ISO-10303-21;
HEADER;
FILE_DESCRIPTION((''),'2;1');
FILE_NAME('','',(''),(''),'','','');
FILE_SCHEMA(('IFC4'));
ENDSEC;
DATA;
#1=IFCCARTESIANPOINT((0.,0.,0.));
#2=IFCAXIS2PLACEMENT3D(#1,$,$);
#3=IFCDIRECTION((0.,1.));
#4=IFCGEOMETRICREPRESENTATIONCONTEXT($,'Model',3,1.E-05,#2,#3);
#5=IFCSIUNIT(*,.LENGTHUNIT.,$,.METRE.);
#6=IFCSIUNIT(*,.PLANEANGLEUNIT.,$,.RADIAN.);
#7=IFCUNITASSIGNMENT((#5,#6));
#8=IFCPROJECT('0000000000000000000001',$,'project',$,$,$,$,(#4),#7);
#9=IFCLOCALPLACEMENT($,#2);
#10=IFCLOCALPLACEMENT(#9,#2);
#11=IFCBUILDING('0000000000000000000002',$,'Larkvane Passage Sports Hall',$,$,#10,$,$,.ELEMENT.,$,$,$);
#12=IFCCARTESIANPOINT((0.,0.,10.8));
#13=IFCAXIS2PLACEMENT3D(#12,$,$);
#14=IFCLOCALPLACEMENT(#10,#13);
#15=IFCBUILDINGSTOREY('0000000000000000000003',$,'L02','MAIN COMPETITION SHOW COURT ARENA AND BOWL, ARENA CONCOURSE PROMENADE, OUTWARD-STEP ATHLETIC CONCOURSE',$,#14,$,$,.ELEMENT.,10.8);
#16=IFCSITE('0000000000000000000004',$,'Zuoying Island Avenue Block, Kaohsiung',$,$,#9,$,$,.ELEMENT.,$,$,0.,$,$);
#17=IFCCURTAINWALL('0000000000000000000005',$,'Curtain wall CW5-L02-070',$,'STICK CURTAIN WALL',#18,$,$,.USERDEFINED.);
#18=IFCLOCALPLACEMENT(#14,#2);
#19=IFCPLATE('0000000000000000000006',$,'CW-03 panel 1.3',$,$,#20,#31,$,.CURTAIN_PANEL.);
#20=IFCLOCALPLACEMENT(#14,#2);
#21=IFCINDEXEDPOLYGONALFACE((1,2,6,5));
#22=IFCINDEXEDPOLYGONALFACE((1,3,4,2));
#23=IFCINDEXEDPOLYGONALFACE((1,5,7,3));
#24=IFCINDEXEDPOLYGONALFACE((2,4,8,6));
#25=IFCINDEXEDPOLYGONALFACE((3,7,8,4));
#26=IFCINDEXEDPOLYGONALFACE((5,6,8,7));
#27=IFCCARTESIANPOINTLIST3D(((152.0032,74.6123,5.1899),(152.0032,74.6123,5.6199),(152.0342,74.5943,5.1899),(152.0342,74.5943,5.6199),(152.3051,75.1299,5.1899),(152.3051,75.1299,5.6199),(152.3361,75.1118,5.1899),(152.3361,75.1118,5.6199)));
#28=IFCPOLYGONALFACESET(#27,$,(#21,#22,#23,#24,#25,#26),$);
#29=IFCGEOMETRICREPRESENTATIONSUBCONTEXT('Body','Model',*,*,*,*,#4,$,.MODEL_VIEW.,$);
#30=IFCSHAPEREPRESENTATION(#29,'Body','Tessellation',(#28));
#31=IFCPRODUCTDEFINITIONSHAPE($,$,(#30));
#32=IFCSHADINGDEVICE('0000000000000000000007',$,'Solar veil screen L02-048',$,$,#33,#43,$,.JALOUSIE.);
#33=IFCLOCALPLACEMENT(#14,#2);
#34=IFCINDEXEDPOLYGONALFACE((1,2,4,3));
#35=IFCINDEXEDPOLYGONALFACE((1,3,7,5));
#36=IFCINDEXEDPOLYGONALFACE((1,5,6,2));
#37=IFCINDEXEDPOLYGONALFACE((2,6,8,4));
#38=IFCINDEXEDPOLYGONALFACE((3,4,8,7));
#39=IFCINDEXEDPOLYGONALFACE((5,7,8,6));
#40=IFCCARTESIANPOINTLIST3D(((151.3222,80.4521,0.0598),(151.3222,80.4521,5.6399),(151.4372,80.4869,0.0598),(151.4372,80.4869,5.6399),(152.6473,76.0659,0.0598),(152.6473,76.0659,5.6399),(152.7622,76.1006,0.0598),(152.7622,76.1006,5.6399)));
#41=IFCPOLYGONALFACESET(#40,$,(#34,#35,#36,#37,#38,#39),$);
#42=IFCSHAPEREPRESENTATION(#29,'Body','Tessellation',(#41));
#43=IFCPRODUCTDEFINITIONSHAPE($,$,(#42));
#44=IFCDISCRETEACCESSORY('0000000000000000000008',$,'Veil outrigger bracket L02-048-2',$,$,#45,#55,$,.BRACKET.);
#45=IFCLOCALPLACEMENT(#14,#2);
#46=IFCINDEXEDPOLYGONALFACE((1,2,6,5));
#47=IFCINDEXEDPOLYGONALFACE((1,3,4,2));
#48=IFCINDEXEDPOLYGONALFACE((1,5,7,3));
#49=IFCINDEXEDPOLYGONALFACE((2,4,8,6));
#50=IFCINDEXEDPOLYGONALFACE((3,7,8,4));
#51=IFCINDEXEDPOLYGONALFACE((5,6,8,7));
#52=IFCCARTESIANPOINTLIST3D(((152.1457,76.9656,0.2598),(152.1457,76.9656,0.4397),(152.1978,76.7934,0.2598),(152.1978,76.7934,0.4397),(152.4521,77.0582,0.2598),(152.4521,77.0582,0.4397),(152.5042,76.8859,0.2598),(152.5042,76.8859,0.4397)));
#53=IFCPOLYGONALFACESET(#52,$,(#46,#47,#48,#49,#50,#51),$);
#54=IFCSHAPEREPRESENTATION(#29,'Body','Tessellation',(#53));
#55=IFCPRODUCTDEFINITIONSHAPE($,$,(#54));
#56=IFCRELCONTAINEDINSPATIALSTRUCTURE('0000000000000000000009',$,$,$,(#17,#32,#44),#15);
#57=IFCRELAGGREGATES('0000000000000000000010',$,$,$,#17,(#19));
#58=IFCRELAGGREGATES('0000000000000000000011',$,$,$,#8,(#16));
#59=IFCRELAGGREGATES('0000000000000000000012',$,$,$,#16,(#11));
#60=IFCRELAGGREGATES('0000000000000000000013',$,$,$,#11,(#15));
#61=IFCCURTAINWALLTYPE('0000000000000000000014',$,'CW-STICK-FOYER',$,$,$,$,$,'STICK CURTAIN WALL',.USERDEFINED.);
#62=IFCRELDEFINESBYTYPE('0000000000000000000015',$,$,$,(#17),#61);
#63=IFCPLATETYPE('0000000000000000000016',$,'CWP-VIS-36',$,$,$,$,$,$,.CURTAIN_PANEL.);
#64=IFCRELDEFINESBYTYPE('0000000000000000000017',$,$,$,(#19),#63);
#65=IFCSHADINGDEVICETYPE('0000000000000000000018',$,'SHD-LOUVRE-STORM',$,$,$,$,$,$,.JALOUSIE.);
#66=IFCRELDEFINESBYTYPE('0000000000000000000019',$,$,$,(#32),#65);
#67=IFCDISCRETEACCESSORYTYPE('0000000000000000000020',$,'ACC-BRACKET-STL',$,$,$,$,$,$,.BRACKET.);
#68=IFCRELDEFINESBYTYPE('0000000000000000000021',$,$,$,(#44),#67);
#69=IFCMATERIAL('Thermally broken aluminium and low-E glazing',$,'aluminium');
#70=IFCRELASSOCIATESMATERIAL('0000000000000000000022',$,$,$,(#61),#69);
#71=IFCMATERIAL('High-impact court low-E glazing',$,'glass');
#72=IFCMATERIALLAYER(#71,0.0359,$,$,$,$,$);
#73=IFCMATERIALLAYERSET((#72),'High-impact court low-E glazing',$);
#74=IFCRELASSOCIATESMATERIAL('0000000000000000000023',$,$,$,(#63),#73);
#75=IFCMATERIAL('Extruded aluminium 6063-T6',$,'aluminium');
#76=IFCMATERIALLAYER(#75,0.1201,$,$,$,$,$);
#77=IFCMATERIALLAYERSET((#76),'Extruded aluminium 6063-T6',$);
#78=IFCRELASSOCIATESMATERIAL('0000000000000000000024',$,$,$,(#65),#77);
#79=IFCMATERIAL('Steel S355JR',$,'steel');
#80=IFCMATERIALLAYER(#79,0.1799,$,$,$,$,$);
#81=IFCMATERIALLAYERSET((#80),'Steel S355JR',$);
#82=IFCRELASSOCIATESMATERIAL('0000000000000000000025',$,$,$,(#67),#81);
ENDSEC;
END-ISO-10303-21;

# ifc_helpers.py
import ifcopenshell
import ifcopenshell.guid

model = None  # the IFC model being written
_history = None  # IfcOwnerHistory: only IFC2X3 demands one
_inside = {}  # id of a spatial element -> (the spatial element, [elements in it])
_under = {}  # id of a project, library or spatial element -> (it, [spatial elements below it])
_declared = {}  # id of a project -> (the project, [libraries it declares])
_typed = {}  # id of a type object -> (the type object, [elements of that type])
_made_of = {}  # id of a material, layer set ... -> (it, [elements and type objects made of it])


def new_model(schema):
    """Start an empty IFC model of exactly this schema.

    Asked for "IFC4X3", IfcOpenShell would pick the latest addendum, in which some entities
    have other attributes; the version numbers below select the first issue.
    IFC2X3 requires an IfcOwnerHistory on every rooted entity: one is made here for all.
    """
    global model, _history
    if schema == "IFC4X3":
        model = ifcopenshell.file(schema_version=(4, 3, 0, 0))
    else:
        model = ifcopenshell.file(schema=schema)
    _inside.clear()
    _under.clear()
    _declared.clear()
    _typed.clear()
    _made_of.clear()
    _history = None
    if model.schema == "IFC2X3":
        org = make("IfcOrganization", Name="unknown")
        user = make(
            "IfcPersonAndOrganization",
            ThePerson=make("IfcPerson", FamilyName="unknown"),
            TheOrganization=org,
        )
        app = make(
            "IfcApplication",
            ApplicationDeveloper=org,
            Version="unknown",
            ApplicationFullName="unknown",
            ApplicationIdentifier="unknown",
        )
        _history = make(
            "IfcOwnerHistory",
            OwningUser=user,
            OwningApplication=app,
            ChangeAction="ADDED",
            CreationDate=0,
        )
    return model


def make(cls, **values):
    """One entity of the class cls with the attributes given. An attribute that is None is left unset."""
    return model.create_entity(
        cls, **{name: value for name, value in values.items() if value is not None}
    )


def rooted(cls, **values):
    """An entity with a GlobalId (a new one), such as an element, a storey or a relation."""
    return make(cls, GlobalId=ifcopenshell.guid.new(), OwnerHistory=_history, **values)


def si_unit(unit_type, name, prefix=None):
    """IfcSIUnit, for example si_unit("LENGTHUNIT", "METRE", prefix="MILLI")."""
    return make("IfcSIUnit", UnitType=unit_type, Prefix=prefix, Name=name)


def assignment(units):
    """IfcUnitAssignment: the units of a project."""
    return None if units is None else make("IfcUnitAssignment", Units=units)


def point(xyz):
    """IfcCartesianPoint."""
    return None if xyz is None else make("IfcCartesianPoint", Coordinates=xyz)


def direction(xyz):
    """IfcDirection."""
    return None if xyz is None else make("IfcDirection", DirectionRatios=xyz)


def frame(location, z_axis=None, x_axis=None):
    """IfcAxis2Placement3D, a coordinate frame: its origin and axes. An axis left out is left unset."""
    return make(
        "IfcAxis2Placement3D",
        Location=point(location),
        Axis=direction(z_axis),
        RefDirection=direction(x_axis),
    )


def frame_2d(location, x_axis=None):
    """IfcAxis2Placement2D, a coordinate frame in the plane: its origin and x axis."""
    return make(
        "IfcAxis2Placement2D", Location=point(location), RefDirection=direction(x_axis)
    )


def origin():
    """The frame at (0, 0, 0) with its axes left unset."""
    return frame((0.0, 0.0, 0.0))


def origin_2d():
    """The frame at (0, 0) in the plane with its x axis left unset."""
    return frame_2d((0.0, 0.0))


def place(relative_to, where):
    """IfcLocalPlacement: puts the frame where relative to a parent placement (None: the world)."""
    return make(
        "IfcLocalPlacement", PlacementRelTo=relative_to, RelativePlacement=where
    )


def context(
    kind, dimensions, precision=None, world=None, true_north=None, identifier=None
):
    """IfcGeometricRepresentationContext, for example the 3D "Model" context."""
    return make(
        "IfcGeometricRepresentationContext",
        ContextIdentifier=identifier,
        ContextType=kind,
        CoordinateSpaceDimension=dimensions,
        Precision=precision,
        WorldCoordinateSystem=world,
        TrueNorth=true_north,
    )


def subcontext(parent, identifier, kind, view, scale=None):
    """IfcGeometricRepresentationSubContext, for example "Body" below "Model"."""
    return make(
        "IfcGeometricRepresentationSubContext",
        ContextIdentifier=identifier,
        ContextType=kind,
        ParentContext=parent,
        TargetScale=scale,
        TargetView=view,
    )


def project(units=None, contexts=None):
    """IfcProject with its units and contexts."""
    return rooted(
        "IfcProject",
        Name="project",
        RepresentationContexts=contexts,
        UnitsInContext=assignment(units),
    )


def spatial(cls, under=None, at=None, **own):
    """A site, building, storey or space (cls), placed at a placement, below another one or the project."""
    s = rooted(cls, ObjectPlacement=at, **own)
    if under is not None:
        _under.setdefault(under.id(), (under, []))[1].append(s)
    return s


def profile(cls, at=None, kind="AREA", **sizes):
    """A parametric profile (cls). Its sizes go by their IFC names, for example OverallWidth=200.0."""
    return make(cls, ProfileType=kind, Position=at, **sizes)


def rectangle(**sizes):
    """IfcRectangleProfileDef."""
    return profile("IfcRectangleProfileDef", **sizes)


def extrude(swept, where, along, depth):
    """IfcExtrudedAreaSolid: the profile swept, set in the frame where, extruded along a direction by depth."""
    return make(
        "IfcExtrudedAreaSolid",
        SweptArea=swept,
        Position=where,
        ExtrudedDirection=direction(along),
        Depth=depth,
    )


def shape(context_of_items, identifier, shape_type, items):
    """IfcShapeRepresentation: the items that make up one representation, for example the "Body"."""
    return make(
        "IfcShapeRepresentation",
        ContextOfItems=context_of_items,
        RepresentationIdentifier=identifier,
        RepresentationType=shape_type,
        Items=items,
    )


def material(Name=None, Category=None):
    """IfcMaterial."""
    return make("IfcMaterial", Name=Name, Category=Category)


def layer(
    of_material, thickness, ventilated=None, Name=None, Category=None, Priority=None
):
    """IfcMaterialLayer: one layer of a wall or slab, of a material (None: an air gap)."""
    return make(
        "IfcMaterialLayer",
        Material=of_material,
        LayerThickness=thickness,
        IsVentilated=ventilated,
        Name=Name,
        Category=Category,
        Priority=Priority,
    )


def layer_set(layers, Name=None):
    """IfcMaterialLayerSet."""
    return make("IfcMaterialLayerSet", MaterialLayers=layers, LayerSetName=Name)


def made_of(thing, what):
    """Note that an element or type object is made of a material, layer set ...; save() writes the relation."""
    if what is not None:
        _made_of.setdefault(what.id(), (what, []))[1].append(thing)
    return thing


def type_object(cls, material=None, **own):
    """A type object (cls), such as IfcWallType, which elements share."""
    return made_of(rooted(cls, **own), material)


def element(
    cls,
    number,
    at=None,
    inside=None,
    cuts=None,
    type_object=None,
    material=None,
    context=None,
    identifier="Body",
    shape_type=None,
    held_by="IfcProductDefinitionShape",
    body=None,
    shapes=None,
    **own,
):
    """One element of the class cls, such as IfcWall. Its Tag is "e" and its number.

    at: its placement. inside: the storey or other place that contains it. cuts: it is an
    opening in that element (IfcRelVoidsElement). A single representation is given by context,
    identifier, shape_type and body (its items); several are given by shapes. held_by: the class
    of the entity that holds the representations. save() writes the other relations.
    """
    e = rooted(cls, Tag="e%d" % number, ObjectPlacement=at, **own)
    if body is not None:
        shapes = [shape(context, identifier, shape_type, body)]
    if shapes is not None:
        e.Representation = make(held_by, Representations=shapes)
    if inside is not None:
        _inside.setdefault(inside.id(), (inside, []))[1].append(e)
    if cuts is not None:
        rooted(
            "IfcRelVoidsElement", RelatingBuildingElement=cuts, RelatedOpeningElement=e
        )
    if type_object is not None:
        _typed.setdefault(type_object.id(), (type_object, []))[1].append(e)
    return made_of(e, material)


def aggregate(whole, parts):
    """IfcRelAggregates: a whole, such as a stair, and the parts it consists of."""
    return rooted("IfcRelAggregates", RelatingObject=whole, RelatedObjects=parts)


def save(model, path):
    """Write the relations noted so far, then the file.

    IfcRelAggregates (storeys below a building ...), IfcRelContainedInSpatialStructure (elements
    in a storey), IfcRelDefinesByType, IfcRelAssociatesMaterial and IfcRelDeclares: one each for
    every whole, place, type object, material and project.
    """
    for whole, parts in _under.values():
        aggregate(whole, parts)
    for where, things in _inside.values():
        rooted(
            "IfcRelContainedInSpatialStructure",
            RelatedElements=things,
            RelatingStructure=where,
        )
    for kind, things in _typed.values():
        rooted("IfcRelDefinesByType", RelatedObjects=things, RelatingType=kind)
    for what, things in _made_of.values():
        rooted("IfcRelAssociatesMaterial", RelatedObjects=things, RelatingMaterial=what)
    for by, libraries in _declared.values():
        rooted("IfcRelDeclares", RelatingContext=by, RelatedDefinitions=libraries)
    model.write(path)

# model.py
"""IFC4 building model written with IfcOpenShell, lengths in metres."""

from ifc_helpers import new_model, si_unit, direction, frame, origin, origin_2d, place, context, subcontext, project, spatial, rectangle, extrude, material, layer, layer_set, type_object, element, aggregate, save


model = new_model("IFC4")

# Units and contexts
model_context = context("Model", 3, precision=1e-05, world=origin(), true_north=direction((0.0, 1.0)))
body_context = subcontext(model_context, "Body", "Model", "MODEL_VIEW")
ifc_project = project(units=[si_unit("LENGTHUNIT", "METRE"), si_unit("PLANEANGLEUNIT", "RADIAN")], contexts=[model_context])

# Site, building, storey
site_placement = place(None, origin())
site = spatial("IfcSite", under=ifc_project, at=site_placement, Name="Zuoying Island Avenue Block, Kaohsiung", CompositionType="ELEMENT", RefElevation=0.0)
building_placement = place(site_placement, origin())
building = spatial("IfcBuilding", under=site, at=building_placement, Name="Larkvane Passage Sports Hall", CompositionType="ELEMENT")
storey_placement = place(building_placement, frame((0.0, 0.0, 10.8)))
storey = spatial("IfcBuildingStorey", under=building, at=storey_placement, Name="L02", Description="MAIN COMPETITION SHOW COURT ARENA AND BOWL, ARENA CONCOURSE PROMENADE, OUTWARD-STEP ATHLETIC CONCOURSE", CompositionType="ELEMENT", Elevation=10.8)

# Curtain wall
ifc_material_1 = material(Name="Thermally broken aluminium and low-E glazing", Category="aluminium")
curtain_wall_type_1 = type_object("IfcCurtainWallType", Name="CW-STICK-FOYER", ElementType="STICK CURTAIN WALL", PredefinedType="USERDEFINED", material=ifc_material_1)
curtain_wall_1_placement = place(storey_placement, origin())
curtain_wall_1 = element("IfcCurtainWall", 1, at=curtain_wall_1_placement, inside=storey, type_object=curtain_wall_type_1, Name="Curtain wall CW5-L02-070", ObjectType="STICK CURTAIN WALL", PredefinedType="USERDEFINED")

# Plate
ifc_material_2 = material(Name="High-impact court low-E glazing", Category="glass")
ifc_layer_1 = layer(ifc_material_2, 0.0359)
ifc_layer_set_1 = layer_set([ifc_layer_1], Name="High-impact court low-E glazing")
plate_type_1 = type_object("IfcPlateType", Name="CWP-VIS-36", PredefinedType="CURTAIN_PANEL", material=ifc_layer_set_1)
plate_1_placement = place(storey_placement, frame((152.1697, 74.8621, 5.1899), z_axis=(0.0, 0.0, 1.0), x_axis=(-0.503867, -0.863781, 0.0)))
plate_1 = element("IfcPlate", 2, at=plate_1_placement, type_object=plate_type_1, Name="CW-03 panel 1.3", PredefinedType="CURTAIN_PANEL", context=body_context, shape_type="SweptSolid", body=[
    extrude(rectangle(XDim=0.5991, YDim=0.0359, at=origin_2d()), origin(), (0.0, 0.0, 1.0), 0.4299),
])
aggregate(curtain_wall_1, [plate_1])

# Shading device
ifc_material_3 = material(Name="Extruded aluminium 6063-T6", Category="aluminium")
ifc_layer_2 = layer(ifc_material_3, 0.1201)
ifc_layer_set_2 = layer_set([ifc_layer_2], Name="Extruded aluminium 6063-T6")
shading_device_type = type_object("IfcShadingDeviceType", Name="SHD-LOUVRE-STORM", PredefinedType="JALOUSIE", material=ifc_layer_set_2)
shading_device_placement = place(storey_placement, frame((152.0422, 78.2764, 0.0598), z_axis=(0.0, 0.0, 1.0), x_axis=(0.289177, -0.957276, 0.0)))
element("IfcShadingDevice", 3, at=shading_device_placement, inside=storey, type_object=shading_device_type, Name="Solar veil screen L02-048", PredefinedType="JALOUSIE", context=body_context, shape_type="SweptSolid", body=[
    extrude(rectangle(XDim=4.582, YDim=0.1201, at=origin_2d()), origin(), (0.0, 0.0, 1.0), 5.5801),
])

# Discrete accessory
ifc_material_4 = material(Name="Steel S355JR", Category="steel")
ifc_layer_3 = layer(ifc_material_4, 0.1799)
ifc_layer_set_3 = layer_set([ifc_layer_3], Name="Steel S355JR")
discrete_accessory_type = type_object("IfcDiscreteAccessoryType", Name="ACC-BRACKET-STL", PredefinedType="BRACKET", material=ifc_layer_set_3)
discrete_accessory_placement = place(storey_placement, frame((152.325, 76.9258, 0.2598), z_axis=(0.0, 0.0, 1.0), x_axis=(0.289177, -0.957276, 0.0)))
element("IfcDiscreteAccessory", 4, at=discrete_accessory_placement, inside=storey, type_object=discrete_accessory_type, Name="Veil outrigger bracket L02-048-2", PredefinedType="BRACKET", context=body_context, shape_type="SweptSolid", body=[
    extrude(rectangle(XDim=0.1799, YDim=0.3201, at=origin_2d()), origin(), (0.0, 0.0, 1.0), 0.1799),
])

save(model, "model.ifc")
